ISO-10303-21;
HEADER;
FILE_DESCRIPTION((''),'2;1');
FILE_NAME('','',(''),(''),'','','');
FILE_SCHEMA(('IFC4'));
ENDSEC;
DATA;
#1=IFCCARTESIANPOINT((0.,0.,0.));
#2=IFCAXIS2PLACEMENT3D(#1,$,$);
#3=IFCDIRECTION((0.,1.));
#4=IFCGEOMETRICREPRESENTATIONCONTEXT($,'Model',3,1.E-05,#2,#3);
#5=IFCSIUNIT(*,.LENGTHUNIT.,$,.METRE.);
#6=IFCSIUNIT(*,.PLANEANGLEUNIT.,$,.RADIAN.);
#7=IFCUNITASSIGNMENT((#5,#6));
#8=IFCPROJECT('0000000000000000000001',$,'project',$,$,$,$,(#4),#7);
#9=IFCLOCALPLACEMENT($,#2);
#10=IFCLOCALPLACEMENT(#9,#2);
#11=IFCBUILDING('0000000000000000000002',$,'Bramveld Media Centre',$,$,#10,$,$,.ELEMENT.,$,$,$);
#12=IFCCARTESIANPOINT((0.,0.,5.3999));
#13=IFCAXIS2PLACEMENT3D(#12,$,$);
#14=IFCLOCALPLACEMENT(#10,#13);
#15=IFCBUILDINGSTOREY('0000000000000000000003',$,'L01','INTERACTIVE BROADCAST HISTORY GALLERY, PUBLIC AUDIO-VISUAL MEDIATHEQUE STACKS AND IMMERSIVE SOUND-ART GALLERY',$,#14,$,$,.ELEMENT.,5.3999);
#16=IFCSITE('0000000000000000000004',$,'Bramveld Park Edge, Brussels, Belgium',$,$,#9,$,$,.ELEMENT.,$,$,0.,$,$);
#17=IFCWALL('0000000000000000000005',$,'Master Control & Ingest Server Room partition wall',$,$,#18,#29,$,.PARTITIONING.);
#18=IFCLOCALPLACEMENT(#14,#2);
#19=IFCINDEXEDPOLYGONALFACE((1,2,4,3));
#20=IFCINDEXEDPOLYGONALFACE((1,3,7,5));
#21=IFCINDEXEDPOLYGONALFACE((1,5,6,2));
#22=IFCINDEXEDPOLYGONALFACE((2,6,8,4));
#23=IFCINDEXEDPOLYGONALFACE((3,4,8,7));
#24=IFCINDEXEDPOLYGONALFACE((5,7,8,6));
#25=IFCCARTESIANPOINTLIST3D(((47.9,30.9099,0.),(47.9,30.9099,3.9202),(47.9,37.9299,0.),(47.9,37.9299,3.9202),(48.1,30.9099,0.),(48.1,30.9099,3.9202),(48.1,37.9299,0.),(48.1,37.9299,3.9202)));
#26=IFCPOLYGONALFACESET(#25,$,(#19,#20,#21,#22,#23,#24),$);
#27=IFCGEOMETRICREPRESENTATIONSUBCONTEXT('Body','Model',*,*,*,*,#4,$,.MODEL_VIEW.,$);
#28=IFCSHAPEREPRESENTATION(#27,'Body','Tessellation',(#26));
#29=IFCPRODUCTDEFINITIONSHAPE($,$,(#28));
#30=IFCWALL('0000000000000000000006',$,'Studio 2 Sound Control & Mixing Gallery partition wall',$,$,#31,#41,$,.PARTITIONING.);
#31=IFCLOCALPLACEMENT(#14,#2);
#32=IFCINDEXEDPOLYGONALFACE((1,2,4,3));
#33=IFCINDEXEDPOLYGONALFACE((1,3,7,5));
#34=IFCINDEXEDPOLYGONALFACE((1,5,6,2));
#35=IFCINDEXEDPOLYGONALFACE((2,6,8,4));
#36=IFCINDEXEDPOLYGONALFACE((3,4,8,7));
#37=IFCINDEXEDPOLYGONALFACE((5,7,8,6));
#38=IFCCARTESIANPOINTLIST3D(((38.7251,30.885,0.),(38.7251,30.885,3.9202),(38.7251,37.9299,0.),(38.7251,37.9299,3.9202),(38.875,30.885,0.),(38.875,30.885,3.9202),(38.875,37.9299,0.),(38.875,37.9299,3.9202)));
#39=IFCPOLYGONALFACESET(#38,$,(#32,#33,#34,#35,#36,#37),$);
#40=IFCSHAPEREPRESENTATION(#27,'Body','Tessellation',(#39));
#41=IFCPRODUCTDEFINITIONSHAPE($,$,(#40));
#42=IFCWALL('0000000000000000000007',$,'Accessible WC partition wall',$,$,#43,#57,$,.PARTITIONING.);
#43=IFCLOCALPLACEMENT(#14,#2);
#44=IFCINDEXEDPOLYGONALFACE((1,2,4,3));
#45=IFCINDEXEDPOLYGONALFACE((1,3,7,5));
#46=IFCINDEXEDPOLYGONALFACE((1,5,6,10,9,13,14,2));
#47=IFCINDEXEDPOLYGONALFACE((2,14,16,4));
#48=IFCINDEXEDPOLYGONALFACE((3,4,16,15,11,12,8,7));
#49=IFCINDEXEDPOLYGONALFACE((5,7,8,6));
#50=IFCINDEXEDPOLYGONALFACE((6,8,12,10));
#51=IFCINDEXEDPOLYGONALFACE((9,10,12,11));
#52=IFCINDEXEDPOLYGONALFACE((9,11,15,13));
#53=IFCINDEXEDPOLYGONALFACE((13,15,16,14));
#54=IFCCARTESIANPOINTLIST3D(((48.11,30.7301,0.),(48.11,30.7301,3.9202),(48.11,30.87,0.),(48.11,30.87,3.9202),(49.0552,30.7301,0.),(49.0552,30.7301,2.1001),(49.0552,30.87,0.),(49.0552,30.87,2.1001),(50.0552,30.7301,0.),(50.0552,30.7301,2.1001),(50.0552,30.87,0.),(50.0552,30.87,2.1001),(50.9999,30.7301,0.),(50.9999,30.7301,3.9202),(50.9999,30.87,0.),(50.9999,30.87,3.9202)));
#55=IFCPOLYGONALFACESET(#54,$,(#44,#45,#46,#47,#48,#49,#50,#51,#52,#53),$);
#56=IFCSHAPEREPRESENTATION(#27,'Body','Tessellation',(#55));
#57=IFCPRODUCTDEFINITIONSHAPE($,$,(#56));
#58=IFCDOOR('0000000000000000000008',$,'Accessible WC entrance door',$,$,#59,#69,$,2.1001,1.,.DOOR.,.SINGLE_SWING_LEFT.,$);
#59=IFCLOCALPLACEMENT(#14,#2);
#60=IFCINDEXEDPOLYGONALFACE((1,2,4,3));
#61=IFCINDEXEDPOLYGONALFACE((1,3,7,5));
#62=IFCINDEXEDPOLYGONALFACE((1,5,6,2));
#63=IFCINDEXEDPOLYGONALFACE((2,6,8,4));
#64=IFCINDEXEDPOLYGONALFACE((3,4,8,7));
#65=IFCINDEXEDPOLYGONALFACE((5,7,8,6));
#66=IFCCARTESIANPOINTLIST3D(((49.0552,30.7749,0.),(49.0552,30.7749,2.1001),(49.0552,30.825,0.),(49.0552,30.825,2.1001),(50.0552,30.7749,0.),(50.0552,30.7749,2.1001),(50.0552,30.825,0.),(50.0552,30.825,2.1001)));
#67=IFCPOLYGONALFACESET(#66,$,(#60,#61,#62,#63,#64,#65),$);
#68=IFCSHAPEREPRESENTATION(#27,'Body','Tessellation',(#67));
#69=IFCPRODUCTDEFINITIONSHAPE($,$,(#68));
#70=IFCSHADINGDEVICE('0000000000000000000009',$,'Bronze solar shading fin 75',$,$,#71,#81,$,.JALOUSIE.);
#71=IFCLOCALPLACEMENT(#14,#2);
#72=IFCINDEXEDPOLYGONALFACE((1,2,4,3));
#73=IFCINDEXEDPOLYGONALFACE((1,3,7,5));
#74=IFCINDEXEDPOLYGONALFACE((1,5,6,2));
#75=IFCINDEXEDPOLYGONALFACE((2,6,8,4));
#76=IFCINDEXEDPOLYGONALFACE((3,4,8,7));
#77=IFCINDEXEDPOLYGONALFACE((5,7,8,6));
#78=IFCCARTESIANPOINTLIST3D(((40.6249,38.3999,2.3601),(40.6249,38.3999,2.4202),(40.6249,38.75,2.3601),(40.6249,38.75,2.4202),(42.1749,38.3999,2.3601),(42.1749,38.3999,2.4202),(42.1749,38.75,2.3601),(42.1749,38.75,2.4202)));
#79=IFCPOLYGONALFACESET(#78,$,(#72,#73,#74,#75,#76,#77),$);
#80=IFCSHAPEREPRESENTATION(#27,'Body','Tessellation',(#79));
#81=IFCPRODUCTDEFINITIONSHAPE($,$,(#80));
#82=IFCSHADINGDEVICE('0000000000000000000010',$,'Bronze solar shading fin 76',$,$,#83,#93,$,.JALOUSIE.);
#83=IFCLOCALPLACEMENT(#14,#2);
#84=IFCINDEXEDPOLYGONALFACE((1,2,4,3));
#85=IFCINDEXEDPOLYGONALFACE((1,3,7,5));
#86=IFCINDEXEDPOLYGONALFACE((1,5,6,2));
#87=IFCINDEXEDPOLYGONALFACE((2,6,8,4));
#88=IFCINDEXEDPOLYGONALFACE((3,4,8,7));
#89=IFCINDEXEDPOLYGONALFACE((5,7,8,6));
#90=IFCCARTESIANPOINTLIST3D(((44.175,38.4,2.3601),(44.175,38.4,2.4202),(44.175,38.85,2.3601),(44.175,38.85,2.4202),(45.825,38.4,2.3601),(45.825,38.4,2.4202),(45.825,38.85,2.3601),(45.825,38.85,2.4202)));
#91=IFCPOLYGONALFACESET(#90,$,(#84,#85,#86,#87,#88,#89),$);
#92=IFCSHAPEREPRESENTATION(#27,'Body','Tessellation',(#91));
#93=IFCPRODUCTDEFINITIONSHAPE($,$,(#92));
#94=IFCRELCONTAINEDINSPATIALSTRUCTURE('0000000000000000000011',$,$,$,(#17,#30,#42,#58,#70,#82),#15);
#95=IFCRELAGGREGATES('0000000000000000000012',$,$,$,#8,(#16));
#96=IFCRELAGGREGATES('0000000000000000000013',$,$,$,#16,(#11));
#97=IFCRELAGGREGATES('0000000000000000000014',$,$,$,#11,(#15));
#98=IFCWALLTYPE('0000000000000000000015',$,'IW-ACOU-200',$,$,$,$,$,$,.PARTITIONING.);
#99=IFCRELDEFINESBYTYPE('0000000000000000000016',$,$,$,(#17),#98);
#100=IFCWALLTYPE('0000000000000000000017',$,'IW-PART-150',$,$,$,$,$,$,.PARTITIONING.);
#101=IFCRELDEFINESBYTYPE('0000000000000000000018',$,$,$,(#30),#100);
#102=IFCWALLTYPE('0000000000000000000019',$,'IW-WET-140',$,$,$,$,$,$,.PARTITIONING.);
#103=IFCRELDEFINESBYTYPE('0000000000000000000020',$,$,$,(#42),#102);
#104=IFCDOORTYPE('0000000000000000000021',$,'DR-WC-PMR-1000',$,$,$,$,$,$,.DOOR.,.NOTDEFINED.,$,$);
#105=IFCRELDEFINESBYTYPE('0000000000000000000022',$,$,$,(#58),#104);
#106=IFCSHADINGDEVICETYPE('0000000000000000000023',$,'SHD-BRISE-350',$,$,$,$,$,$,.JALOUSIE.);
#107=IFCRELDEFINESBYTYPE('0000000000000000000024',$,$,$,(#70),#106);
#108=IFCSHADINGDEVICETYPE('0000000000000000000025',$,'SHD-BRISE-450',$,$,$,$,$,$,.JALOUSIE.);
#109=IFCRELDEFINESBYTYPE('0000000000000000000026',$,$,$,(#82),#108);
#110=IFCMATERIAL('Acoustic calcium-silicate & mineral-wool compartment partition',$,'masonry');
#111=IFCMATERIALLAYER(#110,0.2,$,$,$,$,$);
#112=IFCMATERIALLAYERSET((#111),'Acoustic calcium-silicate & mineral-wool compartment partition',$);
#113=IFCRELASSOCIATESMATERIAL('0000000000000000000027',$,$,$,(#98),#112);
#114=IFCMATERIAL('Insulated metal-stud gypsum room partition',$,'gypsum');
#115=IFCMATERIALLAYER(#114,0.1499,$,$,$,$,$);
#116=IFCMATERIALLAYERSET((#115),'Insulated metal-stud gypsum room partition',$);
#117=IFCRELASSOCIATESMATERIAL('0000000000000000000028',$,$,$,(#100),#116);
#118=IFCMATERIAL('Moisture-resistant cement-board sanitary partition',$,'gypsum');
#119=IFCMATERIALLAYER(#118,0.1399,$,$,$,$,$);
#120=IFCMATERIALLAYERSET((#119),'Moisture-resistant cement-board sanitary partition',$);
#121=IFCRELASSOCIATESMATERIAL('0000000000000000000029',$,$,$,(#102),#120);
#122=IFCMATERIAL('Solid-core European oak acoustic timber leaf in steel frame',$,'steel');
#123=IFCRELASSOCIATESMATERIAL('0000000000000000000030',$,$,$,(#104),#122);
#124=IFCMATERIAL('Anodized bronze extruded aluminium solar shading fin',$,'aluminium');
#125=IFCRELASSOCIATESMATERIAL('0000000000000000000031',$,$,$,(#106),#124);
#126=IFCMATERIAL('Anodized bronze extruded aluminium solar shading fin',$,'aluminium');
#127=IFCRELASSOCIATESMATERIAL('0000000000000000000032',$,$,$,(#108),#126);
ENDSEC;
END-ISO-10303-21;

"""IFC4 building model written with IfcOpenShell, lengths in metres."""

from ifc_helpers import new_model, si_unit, direction, frame, frame_2d, origin, origin_2d, place, context, subcontext, project, spatial, rectangle, extrude, material, layer, layer_set, type_object, element, fill, save


model = new_model("IFC4")

# Units and contexts
model_context = context("Model", 3, precision=1e-05, world=origin(), true_north=direction((0.0, 1.0)))
body_context = subcontext(model_context, "Body", "Model", "MODEL_VIEW")
ifc_project = project(units=[si_unit("LENGTHUNIT", "METRE"), si_unit("PLANEANGLEUNIT", "RADIAN")], contexts=[model_context])

# Site, building, storey
site_placement = place(None, origin())
site = spatial("IfcSite", under=ifc_project, at=site_placement, Name="Bramveld Park Edge, Brussels, Belgium", CompositionType="ELEMENT", RefElevation=0.0)
building_placement = place(site_placement, origin())
building = spatial("IfcBuilding", under=site, at=building_placement, Name="Bramveld Media Centre", CompositionType="ELEMENT")
storey_placement = place(building_placement, frame((0.0, 0.0, 5.3999)))
storey = spatial("IfcBuildingStorey", under=building, at=storey_placement, Name="L01", Description="INTERACTIVE BROADCAST HISTORY GALLERY, PUBLIC AUDIO-VISUAL MEDIATHEQUE STACKS AND IMMERSIVE SOUND-ART GALLERY", CompositionType="ELEMENT", Elevation=5.3999)

# Shared definitions
ifc_material_1 = material(Name="Acoustic calcium-silicate & mineral-wool compartment partition", Category="masonry")
ifc_layer_1 = layer(ifc_material_1, 0.2)
ifc_layer_set_1 = layer_set([ifc_layer_1], Name="Acoustic calcium-silicate & mineral-wool compartment partition")
wall_type_1 = type_object("IfcWallType", Name="IW-ACOU-200", PredefinedType="PARTITIONING", material=ifc_layer_set_1)

# Walls
wall_1_placement = place(storey_placement, frame((48.0, 30.9099, 0.0), z_axis=(0.0, 0.0, 1.0), x_axis=(0.0, 1.0, 0.0)))
element("IfcWall", 1, at=wall_1_placement, inside=storey, type_object=wall_type_1, Name="Master Control & Ingest Server Room partition wall", PredefinedType="PARTITIONING", context=body_context, shape_type="SweptSolid", body=[
    extrude(rectangle(XDim=7.02, YDim=0.2, at=frame_2d((3.51, 0.0))), origin(), (0.0, 0.0, 1.0), 3.9202),
])
ifc_material_2 = material(Name="Insulated metal-stud gypsum room partition", Category="gypsum")
ifc_layer_2 = layer(ifc_material_2, 0.1499)
ifc_layer_set_2 = layer_set([ifc_layer_2], Name="Insulated metal-stud gypsum room partition")
wall_type_2 = type_object("IfcWallType", Name="IW-PART-150", PredefinedType="PARTITIONING", material=ifc_layer_set_2)
wall_2_placement = place(storey_placement, frame((38.8, 30.885, 0.0), z_axis=(0.0, 0.0, 1.0), x_axis=(0.0, 1.0, 0.0)))
element("IfcWall", 2, at=wall_2_placement, inside=storey, type_object=wall_type_2, Name="Studio 2 Sound Control & Mixing Gallery partition wall", PredefinedType="PARTITIONING", context=body_context, shape_type="SweptSolid", body=[
    extrude(rectangle(XDim=7.0449, YDim=0.1499, at=frame_2d((3.5225, 0.0))), origin(), (0.0, 0.0, 1.0), 3.9202),
])

# Wall, opening, door
ifc_material_3 = material(Name="Moisture-resistant cement-board sanitary partition", Category="gypsum")
ifc_layer_3 = layer(ifc_material_3, 0.1399)
ifc_layer_set_3 = layer_set([ifc_layer_3], Name="Moisture-resistant cement-board sanitary partition")
wall_type_3 = type_object("IfcWallType", Name="IW-WET-140", PredefinedType="PARTITIONING", material=ifc_layer_set_3)
wall_3_placement = place(storey_placement, frame((48.1101, 30.8, 0.0), z_axis=(0.0, 0.0, 1.0), x_axis=(1.0, 0.0, 0.0)))
wall_3 = element("IfcWall", 3, at=wall_3_placement, inside=storey, type_object=wall_type_3, Name="Accessible WC partition wall", PredefinedType="PARTITIONING", context=body_context, shape_type="SweptSolid", body=[
    extrude(rectangle(XDim=2.8899, YDim=0.1399, at=frame_2d((1.4448, 0.0))), origin(), (0.0, 0.0, 1.0), 3.9202),
])
opening_1_placement = place(wall_3_placement, frame((0.9451, 0.0, 0.0)))
opening_1 = element("IfcOpeningElement", 4, at=opening_1_placement, cuts=wall_3, PredefinedType="OPENING", context=body_context, shape_type="SweptSolid", body=[
    extrude(rectangle(XDim=1.0, YDim=2.1001, at=frame_2d((0.5, 1.05))), frame((0.0, 0.082, 0.0), z_axis=(0.0, -1.0, 0.0), x_axis=(1.0, 0.0, 0.0)), (0.0, 0.0, 1.0), 0.1638),
])
ifc_material_4 = material(Name="Solid-core European oak acoustic timber leaf in steel frame", Category="steel")
door_type_1 = type_object("IfcDoorType", Name="DR-WC-PMR-1000", OperationType="NOTDEFINED", PredefinedType="DOOR", material=ifc_material_4)
door_1_placement = place(opening_1_placement, origin())
door_1 = element("IfcDoor", 5, at=door_1_placement, inside=storey, type_object=door_type_1, Name="Accessible WC entrance door", OperationType="SINGLE_SWING_LEFT", OverallHeight=2.1001, OverallWidth=1.0, PredefinedType="DOOR", context=body_context, shape_type="SweptSolid", body=[
    extrude(rectangle(XDim=1.0, YDim=2.1001, at=frame_2d((0.5, 1.05))), frame((0.0, 0.0249, 0.0), z_axis=(0.0, -1.0, 0.0), x_axis=(1.0, 0.0, 0.0)), (0.0, 0.0, 1.0), 0.05),
])
fill(opening_1, door_1)

# Shading devices
ifc_material_5 = material(Name="Anodized bronze extruded aluminium solar shading fin", Category="aluminium")
shading_device_type_1 = type_object("IfcShadingDeviceType", Name="SHD-BRISE-350", PredefinedType="JALOUSIE", material=ifc_material_5)
shading_device_1_placement = place(storey_placement, frame((41.3999, 38.575, 2.3601), z_axis=(0.0, 0.0, 1.0), x_axis=(1.0, 0.0, 0.0)))
element("IfcShadingDevice", 6, at=shading_device_1_placement, inside=storey, type_object=shading_device_type_1, Name="Bronze solar shading fin 75", PredefinedType="JALOUSIE", context=body_context, shape_type="SweptSolid", body=[
    extrude(rectangle(XDim=1.55, YDim=0.3501, at=origin_2d()), origin(), (0.0, 0.0, 1.0), 0.0601),
])
ifc_material_6 = material(Name="Anodized bronze extruded aluminium solar shading fin", Category="aluminium")
shading_device_type_2 = type_object("IfcShadingDeviceType", Name="SHD-BRISE-450", PredefinedType="JALOUSIE", material=ifc_material_6)
shading_device_2_placement = place(storey_placement, frame((45.0, 38.625, 2.3601), z_axis=(0.0, 0.0, 1.0), x_axis=(1.0, 0.0, 0.0)))
element("IfcShadingDevice", 7, at=shading_device_2_placement, inside=storey, type_object=shading_device_type_2, Name="Bronze solar shading fin 76", PredefinedType="JALOUSIE", context=body_context, shape_type="SweptSolid", body=[
    extrude(rectangle(XDim=1.6499, YDim=0.45, at=origin_2d()), origin(), (0.0, 0.0, 1.0), 0.0601),
])

save(model, "model.ifc")
